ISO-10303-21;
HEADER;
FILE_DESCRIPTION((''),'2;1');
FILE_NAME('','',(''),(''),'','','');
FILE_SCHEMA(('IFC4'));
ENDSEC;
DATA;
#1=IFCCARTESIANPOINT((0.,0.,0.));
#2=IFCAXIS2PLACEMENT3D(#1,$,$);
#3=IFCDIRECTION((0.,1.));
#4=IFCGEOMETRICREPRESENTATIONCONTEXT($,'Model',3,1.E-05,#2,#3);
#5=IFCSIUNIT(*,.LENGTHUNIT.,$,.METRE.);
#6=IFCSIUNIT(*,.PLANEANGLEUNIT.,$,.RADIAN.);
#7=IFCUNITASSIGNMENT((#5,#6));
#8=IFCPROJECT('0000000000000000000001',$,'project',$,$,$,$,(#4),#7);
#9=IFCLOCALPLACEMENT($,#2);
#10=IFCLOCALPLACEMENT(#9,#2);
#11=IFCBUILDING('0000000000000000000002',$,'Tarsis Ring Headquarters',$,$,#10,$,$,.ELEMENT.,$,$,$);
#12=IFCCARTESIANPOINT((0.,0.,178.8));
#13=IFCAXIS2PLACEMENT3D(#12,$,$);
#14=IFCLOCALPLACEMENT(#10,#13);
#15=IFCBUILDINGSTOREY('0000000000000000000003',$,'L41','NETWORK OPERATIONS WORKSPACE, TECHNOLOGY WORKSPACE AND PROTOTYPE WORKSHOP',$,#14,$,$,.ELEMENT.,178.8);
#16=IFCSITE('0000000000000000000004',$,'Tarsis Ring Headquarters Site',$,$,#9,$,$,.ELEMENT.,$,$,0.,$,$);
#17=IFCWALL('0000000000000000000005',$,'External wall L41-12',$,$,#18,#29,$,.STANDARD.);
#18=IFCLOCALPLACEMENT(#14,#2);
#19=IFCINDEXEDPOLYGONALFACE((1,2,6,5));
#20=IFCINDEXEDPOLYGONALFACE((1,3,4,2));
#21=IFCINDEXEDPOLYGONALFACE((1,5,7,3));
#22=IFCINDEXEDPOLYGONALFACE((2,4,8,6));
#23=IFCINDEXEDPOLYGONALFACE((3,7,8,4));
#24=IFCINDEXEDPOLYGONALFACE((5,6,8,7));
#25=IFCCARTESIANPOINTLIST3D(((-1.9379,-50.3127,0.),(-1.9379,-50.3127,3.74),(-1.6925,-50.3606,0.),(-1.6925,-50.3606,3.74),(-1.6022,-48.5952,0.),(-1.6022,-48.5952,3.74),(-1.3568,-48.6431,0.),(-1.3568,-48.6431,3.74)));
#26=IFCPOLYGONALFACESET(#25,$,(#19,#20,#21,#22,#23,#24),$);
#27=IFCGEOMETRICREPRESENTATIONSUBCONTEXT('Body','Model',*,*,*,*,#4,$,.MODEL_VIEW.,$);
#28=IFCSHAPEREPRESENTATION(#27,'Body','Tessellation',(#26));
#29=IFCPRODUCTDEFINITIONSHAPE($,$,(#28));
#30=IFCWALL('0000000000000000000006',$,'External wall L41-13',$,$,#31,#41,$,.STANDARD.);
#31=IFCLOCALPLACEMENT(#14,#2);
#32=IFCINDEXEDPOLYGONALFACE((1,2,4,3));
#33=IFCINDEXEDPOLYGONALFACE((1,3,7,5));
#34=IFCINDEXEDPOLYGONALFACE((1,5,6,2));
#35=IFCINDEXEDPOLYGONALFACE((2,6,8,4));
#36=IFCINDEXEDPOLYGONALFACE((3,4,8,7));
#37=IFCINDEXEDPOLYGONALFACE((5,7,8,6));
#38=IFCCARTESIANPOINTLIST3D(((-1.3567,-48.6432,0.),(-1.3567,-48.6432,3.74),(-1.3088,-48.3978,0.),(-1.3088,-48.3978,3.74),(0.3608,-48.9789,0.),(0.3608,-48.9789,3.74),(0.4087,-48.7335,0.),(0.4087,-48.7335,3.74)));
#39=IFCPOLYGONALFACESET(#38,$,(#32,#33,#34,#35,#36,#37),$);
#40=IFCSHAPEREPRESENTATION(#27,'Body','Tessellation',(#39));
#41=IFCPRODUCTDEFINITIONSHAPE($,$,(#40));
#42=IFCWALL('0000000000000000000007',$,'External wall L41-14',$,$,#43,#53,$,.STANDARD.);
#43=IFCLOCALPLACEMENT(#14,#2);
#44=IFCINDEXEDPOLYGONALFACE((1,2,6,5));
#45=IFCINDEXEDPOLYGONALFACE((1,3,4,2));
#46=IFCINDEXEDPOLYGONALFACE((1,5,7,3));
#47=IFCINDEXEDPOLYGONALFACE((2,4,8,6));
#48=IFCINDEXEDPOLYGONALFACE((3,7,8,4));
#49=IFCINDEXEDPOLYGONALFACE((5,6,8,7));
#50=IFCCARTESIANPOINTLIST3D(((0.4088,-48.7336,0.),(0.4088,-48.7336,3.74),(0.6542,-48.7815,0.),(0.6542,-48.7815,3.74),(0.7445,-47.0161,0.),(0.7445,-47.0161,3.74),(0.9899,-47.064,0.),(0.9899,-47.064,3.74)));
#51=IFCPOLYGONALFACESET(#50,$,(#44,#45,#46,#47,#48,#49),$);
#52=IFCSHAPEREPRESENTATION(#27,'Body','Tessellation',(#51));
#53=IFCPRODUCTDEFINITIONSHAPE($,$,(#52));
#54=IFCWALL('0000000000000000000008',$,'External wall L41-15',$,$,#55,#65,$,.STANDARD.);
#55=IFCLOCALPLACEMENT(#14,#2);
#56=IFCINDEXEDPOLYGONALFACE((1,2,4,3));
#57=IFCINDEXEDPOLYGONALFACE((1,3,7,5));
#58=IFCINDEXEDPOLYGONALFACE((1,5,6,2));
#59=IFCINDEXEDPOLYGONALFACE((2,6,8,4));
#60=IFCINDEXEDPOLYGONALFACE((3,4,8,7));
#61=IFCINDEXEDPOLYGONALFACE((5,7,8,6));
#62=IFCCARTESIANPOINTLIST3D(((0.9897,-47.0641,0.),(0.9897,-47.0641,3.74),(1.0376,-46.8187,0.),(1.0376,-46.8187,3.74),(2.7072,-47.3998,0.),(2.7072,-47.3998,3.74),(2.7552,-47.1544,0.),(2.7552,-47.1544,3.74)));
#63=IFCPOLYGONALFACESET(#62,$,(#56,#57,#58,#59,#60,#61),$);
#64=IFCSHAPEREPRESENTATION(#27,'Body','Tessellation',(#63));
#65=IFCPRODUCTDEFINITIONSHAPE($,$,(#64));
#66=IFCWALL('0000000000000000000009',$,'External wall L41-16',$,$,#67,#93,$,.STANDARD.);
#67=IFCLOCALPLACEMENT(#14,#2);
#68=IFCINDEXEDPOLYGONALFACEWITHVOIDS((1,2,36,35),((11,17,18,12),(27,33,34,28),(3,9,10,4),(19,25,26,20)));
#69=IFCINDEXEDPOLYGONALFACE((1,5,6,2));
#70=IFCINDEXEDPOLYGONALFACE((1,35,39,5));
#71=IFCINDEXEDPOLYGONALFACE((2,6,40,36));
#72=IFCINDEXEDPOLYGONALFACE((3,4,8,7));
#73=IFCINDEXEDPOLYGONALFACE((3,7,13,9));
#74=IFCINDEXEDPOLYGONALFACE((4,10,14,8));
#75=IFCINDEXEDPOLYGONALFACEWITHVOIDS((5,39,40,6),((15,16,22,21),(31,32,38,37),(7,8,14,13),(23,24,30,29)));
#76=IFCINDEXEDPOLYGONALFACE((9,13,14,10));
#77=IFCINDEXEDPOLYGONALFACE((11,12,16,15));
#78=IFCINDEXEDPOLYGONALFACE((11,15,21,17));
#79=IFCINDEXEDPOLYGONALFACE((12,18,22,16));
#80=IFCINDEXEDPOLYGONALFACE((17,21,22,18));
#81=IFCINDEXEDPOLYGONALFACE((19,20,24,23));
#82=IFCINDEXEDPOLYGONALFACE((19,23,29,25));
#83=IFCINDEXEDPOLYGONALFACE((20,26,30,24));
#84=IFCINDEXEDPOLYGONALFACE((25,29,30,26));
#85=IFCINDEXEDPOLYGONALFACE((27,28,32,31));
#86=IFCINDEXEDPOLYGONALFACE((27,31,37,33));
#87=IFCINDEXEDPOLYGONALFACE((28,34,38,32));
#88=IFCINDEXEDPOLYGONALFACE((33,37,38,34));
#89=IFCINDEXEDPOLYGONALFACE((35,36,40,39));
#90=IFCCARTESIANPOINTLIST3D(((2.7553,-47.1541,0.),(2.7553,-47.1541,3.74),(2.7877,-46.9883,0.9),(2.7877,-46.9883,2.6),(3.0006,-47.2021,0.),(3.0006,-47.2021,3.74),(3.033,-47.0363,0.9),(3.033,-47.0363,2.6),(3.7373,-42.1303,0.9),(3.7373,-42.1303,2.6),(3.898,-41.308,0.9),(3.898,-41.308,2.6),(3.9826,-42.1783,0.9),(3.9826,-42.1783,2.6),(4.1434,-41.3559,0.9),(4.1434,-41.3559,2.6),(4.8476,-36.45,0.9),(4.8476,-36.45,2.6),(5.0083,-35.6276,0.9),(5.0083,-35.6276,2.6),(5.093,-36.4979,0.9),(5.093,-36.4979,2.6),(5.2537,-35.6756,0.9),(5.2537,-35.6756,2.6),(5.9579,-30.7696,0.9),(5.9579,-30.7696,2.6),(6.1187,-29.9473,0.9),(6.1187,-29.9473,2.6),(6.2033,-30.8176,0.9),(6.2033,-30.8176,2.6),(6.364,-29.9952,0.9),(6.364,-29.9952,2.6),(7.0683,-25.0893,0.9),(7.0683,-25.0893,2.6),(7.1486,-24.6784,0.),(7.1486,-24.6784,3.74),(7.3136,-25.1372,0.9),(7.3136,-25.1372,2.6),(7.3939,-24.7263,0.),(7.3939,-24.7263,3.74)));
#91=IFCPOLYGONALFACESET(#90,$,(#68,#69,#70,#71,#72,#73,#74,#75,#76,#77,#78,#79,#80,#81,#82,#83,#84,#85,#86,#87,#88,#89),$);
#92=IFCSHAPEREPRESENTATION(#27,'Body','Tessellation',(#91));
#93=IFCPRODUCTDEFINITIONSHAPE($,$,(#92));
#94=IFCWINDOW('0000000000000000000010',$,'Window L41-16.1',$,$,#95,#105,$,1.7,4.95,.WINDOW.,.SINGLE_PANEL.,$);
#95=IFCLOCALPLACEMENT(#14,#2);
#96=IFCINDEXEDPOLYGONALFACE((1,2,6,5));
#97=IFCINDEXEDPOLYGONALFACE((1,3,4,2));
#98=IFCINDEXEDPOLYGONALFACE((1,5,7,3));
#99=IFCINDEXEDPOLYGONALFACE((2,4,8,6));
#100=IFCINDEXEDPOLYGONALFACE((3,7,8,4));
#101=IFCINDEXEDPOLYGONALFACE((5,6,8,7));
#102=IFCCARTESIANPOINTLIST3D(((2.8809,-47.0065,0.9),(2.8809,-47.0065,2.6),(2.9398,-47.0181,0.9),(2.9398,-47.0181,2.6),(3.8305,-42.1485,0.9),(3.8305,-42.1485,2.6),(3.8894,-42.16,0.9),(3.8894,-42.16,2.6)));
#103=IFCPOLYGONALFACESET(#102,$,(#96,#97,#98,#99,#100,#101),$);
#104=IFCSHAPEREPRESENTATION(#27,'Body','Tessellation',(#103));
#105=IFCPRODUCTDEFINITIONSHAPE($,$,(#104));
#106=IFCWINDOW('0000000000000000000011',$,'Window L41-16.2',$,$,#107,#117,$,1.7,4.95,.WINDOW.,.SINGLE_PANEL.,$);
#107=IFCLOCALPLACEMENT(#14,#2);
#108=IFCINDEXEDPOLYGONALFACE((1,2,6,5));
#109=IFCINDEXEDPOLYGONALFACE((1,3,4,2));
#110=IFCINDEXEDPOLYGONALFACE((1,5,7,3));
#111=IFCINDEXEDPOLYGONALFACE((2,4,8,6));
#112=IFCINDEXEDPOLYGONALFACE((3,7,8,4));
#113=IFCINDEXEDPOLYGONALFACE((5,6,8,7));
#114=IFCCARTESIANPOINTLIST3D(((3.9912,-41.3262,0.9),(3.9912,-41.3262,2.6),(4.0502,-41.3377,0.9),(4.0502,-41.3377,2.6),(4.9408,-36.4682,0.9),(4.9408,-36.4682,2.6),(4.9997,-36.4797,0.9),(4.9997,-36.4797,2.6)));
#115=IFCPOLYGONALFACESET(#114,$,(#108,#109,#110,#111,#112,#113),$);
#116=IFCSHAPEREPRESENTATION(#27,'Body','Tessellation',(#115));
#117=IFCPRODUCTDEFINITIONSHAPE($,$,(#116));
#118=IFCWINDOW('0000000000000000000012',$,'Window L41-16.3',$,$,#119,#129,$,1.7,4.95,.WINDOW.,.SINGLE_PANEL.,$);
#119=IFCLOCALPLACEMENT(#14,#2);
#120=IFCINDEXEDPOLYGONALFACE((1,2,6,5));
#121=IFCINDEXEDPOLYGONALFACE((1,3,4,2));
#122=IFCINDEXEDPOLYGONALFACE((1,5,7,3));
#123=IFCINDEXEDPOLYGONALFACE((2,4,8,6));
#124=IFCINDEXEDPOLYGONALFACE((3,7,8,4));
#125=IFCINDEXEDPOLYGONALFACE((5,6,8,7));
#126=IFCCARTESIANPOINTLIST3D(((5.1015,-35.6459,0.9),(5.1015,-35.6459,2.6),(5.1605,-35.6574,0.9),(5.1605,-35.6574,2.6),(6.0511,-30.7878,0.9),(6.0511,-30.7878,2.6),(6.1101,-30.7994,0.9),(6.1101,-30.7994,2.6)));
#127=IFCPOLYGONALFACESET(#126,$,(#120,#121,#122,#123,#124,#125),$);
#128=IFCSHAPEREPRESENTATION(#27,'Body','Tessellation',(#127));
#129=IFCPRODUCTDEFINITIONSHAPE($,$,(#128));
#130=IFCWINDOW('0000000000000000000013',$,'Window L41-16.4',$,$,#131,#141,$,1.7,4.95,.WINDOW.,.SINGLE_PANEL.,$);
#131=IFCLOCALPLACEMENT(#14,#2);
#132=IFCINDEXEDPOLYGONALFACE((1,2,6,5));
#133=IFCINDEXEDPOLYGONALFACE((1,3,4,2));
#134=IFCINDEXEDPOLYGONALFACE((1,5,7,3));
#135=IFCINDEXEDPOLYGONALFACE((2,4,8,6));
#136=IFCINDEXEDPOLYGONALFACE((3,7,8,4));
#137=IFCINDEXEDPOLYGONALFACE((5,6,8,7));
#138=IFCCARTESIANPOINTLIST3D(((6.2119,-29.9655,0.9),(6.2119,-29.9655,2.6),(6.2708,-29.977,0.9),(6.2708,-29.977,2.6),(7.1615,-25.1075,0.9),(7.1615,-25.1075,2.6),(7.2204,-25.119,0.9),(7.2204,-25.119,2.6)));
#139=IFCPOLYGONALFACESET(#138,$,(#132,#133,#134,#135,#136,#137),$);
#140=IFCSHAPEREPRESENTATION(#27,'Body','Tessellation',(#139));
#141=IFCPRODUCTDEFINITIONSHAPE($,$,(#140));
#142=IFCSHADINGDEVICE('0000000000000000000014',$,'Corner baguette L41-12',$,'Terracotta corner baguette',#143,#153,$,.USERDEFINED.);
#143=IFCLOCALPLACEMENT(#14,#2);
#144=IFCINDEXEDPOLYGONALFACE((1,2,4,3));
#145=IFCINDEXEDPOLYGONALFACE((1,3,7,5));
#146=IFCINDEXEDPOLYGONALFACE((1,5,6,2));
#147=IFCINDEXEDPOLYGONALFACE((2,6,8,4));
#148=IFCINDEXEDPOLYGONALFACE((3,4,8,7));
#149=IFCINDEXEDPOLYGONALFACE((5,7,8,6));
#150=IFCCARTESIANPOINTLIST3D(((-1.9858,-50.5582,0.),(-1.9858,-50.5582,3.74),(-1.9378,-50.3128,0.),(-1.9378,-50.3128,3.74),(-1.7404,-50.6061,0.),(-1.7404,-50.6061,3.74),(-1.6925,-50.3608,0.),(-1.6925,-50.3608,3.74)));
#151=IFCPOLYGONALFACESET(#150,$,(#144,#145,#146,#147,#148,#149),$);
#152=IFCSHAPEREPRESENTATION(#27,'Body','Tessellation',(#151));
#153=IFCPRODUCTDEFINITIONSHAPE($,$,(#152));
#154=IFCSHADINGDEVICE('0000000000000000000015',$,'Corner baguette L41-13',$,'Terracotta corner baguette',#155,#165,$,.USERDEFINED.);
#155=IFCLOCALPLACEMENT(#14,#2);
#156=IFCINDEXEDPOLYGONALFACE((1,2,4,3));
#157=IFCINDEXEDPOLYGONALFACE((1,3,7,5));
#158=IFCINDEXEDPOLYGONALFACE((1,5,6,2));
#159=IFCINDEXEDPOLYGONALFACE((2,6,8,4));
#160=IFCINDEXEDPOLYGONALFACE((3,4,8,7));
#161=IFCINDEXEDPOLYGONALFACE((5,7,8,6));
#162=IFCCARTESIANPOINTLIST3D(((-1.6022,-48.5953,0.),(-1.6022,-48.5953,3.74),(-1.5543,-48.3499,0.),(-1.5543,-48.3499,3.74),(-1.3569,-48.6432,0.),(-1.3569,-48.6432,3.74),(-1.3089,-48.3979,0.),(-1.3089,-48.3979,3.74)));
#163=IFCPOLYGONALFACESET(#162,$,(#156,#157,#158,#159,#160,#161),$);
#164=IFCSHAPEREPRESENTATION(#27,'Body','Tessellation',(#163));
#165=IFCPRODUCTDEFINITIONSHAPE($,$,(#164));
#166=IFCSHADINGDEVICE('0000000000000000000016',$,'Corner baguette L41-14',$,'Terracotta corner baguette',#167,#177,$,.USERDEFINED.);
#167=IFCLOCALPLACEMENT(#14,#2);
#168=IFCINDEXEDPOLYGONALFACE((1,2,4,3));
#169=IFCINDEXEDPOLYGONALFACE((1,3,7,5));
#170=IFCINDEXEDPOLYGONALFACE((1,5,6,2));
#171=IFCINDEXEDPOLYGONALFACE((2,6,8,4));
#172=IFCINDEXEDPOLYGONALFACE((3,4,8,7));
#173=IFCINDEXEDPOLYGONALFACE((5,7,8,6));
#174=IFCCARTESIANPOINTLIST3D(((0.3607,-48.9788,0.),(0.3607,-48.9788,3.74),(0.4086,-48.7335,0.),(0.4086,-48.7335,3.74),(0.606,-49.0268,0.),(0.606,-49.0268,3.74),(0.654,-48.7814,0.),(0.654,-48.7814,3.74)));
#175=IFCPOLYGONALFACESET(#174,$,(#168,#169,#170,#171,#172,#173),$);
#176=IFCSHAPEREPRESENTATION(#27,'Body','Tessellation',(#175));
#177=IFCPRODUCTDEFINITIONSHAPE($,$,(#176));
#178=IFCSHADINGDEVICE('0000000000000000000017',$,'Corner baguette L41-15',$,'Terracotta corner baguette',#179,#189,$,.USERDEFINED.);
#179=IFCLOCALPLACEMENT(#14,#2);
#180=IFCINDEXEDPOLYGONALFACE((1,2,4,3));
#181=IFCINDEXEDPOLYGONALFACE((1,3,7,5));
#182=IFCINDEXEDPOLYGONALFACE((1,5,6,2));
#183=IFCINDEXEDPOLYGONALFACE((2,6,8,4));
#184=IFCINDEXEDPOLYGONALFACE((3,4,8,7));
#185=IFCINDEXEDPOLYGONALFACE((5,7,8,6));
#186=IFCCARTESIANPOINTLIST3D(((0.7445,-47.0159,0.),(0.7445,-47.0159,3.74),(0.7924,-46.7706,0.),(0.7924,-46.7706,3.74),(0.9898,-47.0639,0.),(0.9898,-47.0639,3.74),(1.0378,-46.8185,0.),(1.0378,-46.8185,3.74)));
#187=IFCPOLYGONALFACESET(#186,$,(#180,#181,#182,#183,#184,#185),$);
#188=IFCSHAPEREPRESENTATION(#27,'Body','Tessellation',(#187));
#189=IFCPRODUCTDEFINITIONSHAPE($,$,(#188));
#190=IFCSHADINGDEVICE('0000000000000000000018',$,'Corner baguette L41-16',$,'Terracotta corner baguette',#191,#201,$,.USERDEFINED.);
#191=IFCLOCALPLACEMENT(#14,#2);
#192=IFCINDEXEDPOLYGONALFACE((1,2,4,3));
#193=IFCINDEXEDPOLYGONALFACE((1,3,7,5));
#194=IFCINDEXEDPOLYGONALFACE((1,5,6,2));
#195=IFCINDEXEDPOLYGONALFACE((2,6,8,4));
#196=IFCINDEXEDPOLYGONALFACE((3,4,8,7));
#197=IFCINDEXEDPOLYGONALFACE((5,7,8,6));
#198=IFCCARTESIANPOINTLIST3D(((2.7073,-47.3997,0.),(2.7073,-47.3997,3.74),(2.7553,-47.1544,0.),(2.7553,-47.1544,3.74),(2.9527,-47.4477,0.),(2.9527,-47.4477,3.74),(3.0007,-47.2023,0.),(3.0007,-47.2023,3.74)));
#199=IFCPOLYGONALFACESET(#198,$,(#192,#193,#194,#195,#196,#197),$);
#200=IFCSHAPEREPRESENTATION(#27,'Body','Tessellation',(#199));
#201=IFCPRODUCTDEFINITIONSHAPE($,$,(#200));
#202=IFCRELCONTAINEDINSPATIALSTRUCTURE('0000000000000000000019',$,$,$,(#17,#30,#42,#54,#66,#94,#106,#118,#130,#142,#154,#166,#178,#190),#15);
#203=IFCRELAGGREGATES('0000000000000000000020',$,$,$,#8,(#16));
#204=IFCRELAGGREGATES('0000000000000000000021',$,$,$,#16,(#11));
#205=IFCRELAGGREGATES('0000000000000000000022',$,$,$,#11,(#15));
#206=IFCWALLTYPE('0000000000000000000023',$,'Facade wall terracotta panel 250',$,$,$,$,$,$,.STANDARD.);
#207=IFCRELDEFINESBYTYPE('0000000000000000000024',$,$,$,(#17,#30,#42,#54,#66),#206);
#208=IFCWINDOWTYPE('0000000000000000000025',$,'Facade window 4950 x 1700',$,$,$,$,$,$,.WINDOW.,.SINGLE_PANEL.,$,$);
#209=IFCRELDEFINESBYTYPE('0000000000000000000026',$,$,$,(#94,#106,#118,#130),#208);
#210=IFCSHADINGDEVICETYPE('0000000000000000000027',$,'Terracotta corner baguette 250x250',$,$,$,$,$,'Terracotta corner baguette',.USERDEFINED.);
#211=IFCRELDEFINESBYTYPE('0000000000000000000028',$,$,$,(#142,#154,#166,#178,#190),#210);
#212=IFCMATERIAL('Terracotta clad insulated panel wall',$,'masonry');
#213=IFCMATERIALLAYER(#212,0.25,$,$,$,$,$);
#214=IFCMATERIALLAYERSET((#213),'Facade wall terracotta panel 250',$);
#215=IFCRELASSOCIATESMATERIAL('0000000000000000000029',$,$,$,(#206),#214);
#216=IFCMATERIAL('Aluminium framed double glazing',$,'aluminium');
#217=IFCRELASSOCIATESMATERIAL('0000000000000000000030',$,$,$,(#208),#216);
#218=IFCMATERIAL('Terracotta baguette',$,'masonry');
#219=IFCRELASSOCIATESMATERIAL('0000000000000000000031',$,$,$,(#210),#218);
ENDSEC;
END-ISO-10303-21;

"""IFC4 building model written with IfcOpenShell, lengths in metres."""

from ifc_helpers import new_model, si_unit, direction, frame, frame_2d, origin, origin_2d, place, context, subcontext, project, spatial, rectangle, extrude, material, layer, layer_set, type_object, element, fill, save


model = new_model("IFC4")

# Units and contexts
model_context = context("Model", 3, precision=1e-05, world=origin(), true_north=direction((0.0, 1.0)))
body_context = subcontext(model_context, "Body", "Model", "MODEL_VIEW")
ifc_project = project(units=[si_unit("LENGTHUNIT", "METRE"), si_unit("PLANEANGLEUNIT", "RADIAN")], contexts=[model_context])

# Site, building, storey
site_placement = place(None, origin())
site = spatial("IfcSite", under=ifc_project, at=site_placement, Name="Tarsis Ring Headquarters Site", CompositionType="ELEMENT", RefElevation=0.0)
building_placement = place(site_placement, origin())
building = spatial("IfcBuilding", under=site, at=building_placement, Name="Tarsis Ring Headquarters", CompositionType="ELEMENT")
storey_placement = place(building_placement, frame((0.0, 0.0, 178.8)))
storey = spatial("IfcBuildingStorey", under=building, at=storey_placement, Name="L41", Description="NETWORK OPERATIONS WORKSPACE, TECHNOLOGY WORKSPACE AND PROTOTYPE WORKSHOP", CompositionType="ELEMENT", Elevation=178.8)

# Walls
ifc_material_1 = material(Name="Terracotta clad insulated panel wall", Category="masonry")
ifc_layer_1 = layer(ifc_material_1, 0.25)
ifc_layer_set_1 = layer_set([ifc_layer_1], Name="Facade wall terracotta panel 250")
wall_type_1 = type_object("IfcWallType", Name="Facade wall terracotta panel 250", PredefinedType="STANDARD", material=ifc_layer_set_1)
for number, where, z_axis, x_axis, name in (
    (1, (-1.8152, -50.3367, 0.0), (0.0, 0.0, 1.0), (0.191822, 0.98143, 0.0), "External wall L41-12"),
    (2, (-1.3328, -48.5205, 0.0), (0.0, 0.0, 1.0), (0.98143, -0.191822, 0.0), "External wall L41-13"),
    (3, (0.5315, -48.7576, 0.0), (0.0, 0.0, 1.0), (0.191822, 0.98143, 0.0), "External wall L41-14"),
    (4, (1.0137, -46.9414, 0.0), (0.0, 0.0, 1.0), (0.98143, -0.191822, 0.0), "External wall L41-15"),
):
    element("IfcWall", number, at=place(storey_placement, frame(where, z_axis=z_axis, x_axis=x_axis)), inside=storey, type_object=wall_type_1, Name=name, PredefinedType="STANDARD", context=body_context, shape_type="SweptSolid", body=[
        extrude(rectangle(XDim=1.75, YDim=0.25, at=frame_2d((0.875, 0.0))), origin(), (0.0, 0.0, 1.0), 3.74),
    ])

# Wall, openings, windows
wall_1_placement = place(storey_placement, frame((2.8779, -47.1782, 0.0), z_axis=(0.0, 0.0, 1.0), x_axis=(0.191838, 0.981427, 0.0)))
wall_1 = element("IfcWall", 5, at=wall_1_placement, inside=storey, type_object=wall_type_1, Name="External wall L41-16", PredefinedType="STANDARD", context=body_context, shape_type="SweptSolid", body=[
    extrude(rectangle(XDim=22.9011, YDim=0.25, at=frame_2d((11.4507, 0.0))), origin(), (0.0, 0.0, 1.0), 3.74),
])
opening_1_placement = place(wall_1_placement, frame((0.1689, 0.0, 0.8999)))
opening_1 = element("IfcOpeningElement", 6, at=opening_1_placement, cuts=wall_1, PredefinedType="OPENING", context=body_context, shape_type="SweptSolid", body=[
    extrude(rectangle(XDim=4.95, YDim=1.7, at=frame_2d((2.4751, 0.8501))), frame((0.0, 0.135, 0.0), z_axis=(0.0, -1.0, 0.0), x_axis=(1.0, 0.0, 0.0)), (0.0, 0.0, 1.0), 0.27),
])
opening_2_placement = place(wall_1_placement, frame((5.9568, 0.0, 0.8999)))
opening_2 = element("IfcOpeningElement", 7, at=opening_2_placement, cuts=wall_1, PredefinedType="OPENING", context=body_context, shape_type="SweptSolid", body=[
    extrude(rectangle(XDim=4.95, YDim=1.7, at=frame_2d((2.4751, 0.8501))), frame((0.0, 0.135, 0.0), z_axis=(0.0, -1.0, 0.0), x_axis=(1.0, 0.0, 0.0)), (0.0, 0.0, 1.0), 0.27),
])
opening_3_placement = place(wall_1_placement, frame((11.7446, 0.0, 0.8999)))
opening_3 = element("IfcOpeningElement", 8, at=opening_3_placement, cuts=wall_1, PredefinedType="OPENING", context=body_context, shape_type="SweptSolid", body=[
    extrude(rectangle(XDim=4.95, YDim=1.7, at=frame_2d((2.4751, 0.8501))), frame((0.0, 0.135, 0.0), z_axis=(0.0, -1.0, 0.0), x_axis=(1.0, 0.0, 0.0)), (0.0, 0.0, 1.0), 0.27),
])
opening_4_placement = place(wall_1_placement, frame((17.5325, 0.0, 0.8999)))
opening_4 = element("IfcOpeningElement", 9, at=opening_4_placement, cuts=wall_1, PredefinedType="OPENING", context=body_context, shape_type="SweptSolid", body=[
    extrude(rectangle(XDim=4.95, YDim=1.7, at=frame_2d((2.4751, 0.8501))), frame((0.0, 0.135, 0.0), z_axis=(0.0, -1.0, 0.0), x_axis=(1.0, 0.0, 0.0)), (0.0, 0.0, 1.0), 0.27),
])
ifc_material_2 = material(Name="Aluminium framed double glazing", Category="aluminium")
window_type = type_object("IfcWindowType", Name="Facade window 4950 x 1700", PartitioningType="SINGLE_PANEL", PredefinedType="WINDOW", material=ifc_material_2)
window_1_placement = place(opening_1_placement, origin())
window_1 = element("IfcWindow", 10, at=window_1_placement, inside=storey, type_object=window_type, Name="Window L41-16.1", OverallHeight=1.7, OverallWidth=4.95, PartitioningType="SINGLE_PANEL", PredefinedType="WINDOW", context=body_context, shape_type="SweptSolid", body=[
    extrude(rectangle(XDim=4.95, YDim=1.7, at=frame_2d((2.4751, 0.8501))), frame((0.0, 0.03, 0.0), z_axis=(0.0, -1.0, 0.0), x_axis=(1.0, 0.0, 0.0)), (0.0, 0.0, 1.0), 0.0601),
])
fill(opening_1, window_1)
window_2_placement = place(opening_2_placement, origin())
window_2 = element("IfcWindow", 11, at=window_2_placement, inside=storey, type_object=window_type, Name="Window L41-16.2", OverallHeight=1.7, OverallWidth=4.95, PartitioningType="SINGLE_PANEL", PredefinedType="WINDOW", context=body_context, shape_type="SweptSolid", body=[
    extrude(rectangle(XDim=4.95, YDim=1.7, at=frame_2d((2.4751, 0.8501))), frame((0.0, 0.03, 0.0), z_axis=(0.0, -1.0, 0.0), x_axis=(1.0, 0.0, 0.0)), (0.0, 0.0, 1.0), 0.0601),
])
fill(opening_2, window_2)
window_3_placement = place(opening_3_placement, origin())
window_3 = element("IfcWindow", 12, at=window_3_placement, inside=storey, type_object=window_type, Name="Window L41-16.3", OverallHeight=1.7, OverallWidth=4.95, PartitioningType="SINGLE_PANEL", PredefinedType="WINDOW", context=body_context, shape_type="SweptSolid", body=[
    extrude(rectangle(XDim=4.95, YDim=1.7, at=frame_2d((2.4751, 0.8501))), frame((0.0, 0.03, 0.0), z_axis=(0.0, -1.0, 0.0), x_axis=(1.0, 0.0, 0.0)), (0.0, 0.0, 1.0), 0.0601),
])
fill(opening_3, window_3)
window_4_placement = place(opening_4_placement, origin())
window_4 = element("IfcWindow", 13, at=window_4_placement, inside=storey, type_object=window_type, Name="Window L41-16.4", OverallHeight=1.7, OverallWidth=4.95, PartitioningType="SINGLE_PANEL", PredefinedType="WINDOW", context=body_context, shape_type="SweptSolid", body=[
    extrude(rectangle(XDim=4.95, YDim=1.7, at=frame_2d((2.4751, 0.8501))), frame((0.0, 0.03, 0.0), z_axis=(0.0, -1.0, 0.0), x_axis=(1.0, 0.0, 0.0)), (0.0, 0.0, 1.0), 0.0601),
])
fill(opening_4, window_4)

# Shading devices
ifc_material_3 = material(Name="Terracotta baguette", Category="masonry")
shading_device_type_1 = type_object("IfcShadingDeviceType", Name="Terracotta corner baguette 250x250", ElementType="Terracotta corner baguette", PredefinedType="USERDEFINED", material=ifc_material_3)
for number, where, z_axis, x_axis, name in (
    (14, (-1.8391, -50.4595, 0.0), (0.0, 0.0, 1.0), (0.981427, -0.191837, 0.0), "Corner baguette L41-12"),
    (15, (-1.4556, -48.4966, 0.0), (0.0, 0.0, 1.0), (0.191837, 0.981427, 0.0), "Corner baguette L41-13"),
    (16, (0.5073, -48.8801, 0.0), (0.0, 0.0, 1.0), (0.981427, -0.191836, 0.0), "Corner baguette L41-14"),
    (17, (0.8911, -46.9172, 0.0), (0.0, 0.0, 1.0), (0.191836, 0.981427, 0.0), "Corner baguette L41-15"),
    (18, (2.854, -47.301, 0.0), (0.0, 0.0, 1.0), (0.981427, -0.191837, 0.0), "Corner baguette L41-16"),
):
    element("IfcShadingDevice", number, at=place(storey_placement, frame(where, z_axis=z_axis, x_axis=x_axis)), inside=storey, type_object=shading_device_type_1, Name=name, ObjectType="Terracotta corner baguette", PredefinedType="USERDEFINED", context=body_context, shape_type="SweptSolid", body=[
        extrude(rectangle(XDim=0.25, YDim=0.25, at=origin_2d()), origin(), (0.0, 0.0, 1.0), 3.74),
    ])

save(model, "model.ifc")
